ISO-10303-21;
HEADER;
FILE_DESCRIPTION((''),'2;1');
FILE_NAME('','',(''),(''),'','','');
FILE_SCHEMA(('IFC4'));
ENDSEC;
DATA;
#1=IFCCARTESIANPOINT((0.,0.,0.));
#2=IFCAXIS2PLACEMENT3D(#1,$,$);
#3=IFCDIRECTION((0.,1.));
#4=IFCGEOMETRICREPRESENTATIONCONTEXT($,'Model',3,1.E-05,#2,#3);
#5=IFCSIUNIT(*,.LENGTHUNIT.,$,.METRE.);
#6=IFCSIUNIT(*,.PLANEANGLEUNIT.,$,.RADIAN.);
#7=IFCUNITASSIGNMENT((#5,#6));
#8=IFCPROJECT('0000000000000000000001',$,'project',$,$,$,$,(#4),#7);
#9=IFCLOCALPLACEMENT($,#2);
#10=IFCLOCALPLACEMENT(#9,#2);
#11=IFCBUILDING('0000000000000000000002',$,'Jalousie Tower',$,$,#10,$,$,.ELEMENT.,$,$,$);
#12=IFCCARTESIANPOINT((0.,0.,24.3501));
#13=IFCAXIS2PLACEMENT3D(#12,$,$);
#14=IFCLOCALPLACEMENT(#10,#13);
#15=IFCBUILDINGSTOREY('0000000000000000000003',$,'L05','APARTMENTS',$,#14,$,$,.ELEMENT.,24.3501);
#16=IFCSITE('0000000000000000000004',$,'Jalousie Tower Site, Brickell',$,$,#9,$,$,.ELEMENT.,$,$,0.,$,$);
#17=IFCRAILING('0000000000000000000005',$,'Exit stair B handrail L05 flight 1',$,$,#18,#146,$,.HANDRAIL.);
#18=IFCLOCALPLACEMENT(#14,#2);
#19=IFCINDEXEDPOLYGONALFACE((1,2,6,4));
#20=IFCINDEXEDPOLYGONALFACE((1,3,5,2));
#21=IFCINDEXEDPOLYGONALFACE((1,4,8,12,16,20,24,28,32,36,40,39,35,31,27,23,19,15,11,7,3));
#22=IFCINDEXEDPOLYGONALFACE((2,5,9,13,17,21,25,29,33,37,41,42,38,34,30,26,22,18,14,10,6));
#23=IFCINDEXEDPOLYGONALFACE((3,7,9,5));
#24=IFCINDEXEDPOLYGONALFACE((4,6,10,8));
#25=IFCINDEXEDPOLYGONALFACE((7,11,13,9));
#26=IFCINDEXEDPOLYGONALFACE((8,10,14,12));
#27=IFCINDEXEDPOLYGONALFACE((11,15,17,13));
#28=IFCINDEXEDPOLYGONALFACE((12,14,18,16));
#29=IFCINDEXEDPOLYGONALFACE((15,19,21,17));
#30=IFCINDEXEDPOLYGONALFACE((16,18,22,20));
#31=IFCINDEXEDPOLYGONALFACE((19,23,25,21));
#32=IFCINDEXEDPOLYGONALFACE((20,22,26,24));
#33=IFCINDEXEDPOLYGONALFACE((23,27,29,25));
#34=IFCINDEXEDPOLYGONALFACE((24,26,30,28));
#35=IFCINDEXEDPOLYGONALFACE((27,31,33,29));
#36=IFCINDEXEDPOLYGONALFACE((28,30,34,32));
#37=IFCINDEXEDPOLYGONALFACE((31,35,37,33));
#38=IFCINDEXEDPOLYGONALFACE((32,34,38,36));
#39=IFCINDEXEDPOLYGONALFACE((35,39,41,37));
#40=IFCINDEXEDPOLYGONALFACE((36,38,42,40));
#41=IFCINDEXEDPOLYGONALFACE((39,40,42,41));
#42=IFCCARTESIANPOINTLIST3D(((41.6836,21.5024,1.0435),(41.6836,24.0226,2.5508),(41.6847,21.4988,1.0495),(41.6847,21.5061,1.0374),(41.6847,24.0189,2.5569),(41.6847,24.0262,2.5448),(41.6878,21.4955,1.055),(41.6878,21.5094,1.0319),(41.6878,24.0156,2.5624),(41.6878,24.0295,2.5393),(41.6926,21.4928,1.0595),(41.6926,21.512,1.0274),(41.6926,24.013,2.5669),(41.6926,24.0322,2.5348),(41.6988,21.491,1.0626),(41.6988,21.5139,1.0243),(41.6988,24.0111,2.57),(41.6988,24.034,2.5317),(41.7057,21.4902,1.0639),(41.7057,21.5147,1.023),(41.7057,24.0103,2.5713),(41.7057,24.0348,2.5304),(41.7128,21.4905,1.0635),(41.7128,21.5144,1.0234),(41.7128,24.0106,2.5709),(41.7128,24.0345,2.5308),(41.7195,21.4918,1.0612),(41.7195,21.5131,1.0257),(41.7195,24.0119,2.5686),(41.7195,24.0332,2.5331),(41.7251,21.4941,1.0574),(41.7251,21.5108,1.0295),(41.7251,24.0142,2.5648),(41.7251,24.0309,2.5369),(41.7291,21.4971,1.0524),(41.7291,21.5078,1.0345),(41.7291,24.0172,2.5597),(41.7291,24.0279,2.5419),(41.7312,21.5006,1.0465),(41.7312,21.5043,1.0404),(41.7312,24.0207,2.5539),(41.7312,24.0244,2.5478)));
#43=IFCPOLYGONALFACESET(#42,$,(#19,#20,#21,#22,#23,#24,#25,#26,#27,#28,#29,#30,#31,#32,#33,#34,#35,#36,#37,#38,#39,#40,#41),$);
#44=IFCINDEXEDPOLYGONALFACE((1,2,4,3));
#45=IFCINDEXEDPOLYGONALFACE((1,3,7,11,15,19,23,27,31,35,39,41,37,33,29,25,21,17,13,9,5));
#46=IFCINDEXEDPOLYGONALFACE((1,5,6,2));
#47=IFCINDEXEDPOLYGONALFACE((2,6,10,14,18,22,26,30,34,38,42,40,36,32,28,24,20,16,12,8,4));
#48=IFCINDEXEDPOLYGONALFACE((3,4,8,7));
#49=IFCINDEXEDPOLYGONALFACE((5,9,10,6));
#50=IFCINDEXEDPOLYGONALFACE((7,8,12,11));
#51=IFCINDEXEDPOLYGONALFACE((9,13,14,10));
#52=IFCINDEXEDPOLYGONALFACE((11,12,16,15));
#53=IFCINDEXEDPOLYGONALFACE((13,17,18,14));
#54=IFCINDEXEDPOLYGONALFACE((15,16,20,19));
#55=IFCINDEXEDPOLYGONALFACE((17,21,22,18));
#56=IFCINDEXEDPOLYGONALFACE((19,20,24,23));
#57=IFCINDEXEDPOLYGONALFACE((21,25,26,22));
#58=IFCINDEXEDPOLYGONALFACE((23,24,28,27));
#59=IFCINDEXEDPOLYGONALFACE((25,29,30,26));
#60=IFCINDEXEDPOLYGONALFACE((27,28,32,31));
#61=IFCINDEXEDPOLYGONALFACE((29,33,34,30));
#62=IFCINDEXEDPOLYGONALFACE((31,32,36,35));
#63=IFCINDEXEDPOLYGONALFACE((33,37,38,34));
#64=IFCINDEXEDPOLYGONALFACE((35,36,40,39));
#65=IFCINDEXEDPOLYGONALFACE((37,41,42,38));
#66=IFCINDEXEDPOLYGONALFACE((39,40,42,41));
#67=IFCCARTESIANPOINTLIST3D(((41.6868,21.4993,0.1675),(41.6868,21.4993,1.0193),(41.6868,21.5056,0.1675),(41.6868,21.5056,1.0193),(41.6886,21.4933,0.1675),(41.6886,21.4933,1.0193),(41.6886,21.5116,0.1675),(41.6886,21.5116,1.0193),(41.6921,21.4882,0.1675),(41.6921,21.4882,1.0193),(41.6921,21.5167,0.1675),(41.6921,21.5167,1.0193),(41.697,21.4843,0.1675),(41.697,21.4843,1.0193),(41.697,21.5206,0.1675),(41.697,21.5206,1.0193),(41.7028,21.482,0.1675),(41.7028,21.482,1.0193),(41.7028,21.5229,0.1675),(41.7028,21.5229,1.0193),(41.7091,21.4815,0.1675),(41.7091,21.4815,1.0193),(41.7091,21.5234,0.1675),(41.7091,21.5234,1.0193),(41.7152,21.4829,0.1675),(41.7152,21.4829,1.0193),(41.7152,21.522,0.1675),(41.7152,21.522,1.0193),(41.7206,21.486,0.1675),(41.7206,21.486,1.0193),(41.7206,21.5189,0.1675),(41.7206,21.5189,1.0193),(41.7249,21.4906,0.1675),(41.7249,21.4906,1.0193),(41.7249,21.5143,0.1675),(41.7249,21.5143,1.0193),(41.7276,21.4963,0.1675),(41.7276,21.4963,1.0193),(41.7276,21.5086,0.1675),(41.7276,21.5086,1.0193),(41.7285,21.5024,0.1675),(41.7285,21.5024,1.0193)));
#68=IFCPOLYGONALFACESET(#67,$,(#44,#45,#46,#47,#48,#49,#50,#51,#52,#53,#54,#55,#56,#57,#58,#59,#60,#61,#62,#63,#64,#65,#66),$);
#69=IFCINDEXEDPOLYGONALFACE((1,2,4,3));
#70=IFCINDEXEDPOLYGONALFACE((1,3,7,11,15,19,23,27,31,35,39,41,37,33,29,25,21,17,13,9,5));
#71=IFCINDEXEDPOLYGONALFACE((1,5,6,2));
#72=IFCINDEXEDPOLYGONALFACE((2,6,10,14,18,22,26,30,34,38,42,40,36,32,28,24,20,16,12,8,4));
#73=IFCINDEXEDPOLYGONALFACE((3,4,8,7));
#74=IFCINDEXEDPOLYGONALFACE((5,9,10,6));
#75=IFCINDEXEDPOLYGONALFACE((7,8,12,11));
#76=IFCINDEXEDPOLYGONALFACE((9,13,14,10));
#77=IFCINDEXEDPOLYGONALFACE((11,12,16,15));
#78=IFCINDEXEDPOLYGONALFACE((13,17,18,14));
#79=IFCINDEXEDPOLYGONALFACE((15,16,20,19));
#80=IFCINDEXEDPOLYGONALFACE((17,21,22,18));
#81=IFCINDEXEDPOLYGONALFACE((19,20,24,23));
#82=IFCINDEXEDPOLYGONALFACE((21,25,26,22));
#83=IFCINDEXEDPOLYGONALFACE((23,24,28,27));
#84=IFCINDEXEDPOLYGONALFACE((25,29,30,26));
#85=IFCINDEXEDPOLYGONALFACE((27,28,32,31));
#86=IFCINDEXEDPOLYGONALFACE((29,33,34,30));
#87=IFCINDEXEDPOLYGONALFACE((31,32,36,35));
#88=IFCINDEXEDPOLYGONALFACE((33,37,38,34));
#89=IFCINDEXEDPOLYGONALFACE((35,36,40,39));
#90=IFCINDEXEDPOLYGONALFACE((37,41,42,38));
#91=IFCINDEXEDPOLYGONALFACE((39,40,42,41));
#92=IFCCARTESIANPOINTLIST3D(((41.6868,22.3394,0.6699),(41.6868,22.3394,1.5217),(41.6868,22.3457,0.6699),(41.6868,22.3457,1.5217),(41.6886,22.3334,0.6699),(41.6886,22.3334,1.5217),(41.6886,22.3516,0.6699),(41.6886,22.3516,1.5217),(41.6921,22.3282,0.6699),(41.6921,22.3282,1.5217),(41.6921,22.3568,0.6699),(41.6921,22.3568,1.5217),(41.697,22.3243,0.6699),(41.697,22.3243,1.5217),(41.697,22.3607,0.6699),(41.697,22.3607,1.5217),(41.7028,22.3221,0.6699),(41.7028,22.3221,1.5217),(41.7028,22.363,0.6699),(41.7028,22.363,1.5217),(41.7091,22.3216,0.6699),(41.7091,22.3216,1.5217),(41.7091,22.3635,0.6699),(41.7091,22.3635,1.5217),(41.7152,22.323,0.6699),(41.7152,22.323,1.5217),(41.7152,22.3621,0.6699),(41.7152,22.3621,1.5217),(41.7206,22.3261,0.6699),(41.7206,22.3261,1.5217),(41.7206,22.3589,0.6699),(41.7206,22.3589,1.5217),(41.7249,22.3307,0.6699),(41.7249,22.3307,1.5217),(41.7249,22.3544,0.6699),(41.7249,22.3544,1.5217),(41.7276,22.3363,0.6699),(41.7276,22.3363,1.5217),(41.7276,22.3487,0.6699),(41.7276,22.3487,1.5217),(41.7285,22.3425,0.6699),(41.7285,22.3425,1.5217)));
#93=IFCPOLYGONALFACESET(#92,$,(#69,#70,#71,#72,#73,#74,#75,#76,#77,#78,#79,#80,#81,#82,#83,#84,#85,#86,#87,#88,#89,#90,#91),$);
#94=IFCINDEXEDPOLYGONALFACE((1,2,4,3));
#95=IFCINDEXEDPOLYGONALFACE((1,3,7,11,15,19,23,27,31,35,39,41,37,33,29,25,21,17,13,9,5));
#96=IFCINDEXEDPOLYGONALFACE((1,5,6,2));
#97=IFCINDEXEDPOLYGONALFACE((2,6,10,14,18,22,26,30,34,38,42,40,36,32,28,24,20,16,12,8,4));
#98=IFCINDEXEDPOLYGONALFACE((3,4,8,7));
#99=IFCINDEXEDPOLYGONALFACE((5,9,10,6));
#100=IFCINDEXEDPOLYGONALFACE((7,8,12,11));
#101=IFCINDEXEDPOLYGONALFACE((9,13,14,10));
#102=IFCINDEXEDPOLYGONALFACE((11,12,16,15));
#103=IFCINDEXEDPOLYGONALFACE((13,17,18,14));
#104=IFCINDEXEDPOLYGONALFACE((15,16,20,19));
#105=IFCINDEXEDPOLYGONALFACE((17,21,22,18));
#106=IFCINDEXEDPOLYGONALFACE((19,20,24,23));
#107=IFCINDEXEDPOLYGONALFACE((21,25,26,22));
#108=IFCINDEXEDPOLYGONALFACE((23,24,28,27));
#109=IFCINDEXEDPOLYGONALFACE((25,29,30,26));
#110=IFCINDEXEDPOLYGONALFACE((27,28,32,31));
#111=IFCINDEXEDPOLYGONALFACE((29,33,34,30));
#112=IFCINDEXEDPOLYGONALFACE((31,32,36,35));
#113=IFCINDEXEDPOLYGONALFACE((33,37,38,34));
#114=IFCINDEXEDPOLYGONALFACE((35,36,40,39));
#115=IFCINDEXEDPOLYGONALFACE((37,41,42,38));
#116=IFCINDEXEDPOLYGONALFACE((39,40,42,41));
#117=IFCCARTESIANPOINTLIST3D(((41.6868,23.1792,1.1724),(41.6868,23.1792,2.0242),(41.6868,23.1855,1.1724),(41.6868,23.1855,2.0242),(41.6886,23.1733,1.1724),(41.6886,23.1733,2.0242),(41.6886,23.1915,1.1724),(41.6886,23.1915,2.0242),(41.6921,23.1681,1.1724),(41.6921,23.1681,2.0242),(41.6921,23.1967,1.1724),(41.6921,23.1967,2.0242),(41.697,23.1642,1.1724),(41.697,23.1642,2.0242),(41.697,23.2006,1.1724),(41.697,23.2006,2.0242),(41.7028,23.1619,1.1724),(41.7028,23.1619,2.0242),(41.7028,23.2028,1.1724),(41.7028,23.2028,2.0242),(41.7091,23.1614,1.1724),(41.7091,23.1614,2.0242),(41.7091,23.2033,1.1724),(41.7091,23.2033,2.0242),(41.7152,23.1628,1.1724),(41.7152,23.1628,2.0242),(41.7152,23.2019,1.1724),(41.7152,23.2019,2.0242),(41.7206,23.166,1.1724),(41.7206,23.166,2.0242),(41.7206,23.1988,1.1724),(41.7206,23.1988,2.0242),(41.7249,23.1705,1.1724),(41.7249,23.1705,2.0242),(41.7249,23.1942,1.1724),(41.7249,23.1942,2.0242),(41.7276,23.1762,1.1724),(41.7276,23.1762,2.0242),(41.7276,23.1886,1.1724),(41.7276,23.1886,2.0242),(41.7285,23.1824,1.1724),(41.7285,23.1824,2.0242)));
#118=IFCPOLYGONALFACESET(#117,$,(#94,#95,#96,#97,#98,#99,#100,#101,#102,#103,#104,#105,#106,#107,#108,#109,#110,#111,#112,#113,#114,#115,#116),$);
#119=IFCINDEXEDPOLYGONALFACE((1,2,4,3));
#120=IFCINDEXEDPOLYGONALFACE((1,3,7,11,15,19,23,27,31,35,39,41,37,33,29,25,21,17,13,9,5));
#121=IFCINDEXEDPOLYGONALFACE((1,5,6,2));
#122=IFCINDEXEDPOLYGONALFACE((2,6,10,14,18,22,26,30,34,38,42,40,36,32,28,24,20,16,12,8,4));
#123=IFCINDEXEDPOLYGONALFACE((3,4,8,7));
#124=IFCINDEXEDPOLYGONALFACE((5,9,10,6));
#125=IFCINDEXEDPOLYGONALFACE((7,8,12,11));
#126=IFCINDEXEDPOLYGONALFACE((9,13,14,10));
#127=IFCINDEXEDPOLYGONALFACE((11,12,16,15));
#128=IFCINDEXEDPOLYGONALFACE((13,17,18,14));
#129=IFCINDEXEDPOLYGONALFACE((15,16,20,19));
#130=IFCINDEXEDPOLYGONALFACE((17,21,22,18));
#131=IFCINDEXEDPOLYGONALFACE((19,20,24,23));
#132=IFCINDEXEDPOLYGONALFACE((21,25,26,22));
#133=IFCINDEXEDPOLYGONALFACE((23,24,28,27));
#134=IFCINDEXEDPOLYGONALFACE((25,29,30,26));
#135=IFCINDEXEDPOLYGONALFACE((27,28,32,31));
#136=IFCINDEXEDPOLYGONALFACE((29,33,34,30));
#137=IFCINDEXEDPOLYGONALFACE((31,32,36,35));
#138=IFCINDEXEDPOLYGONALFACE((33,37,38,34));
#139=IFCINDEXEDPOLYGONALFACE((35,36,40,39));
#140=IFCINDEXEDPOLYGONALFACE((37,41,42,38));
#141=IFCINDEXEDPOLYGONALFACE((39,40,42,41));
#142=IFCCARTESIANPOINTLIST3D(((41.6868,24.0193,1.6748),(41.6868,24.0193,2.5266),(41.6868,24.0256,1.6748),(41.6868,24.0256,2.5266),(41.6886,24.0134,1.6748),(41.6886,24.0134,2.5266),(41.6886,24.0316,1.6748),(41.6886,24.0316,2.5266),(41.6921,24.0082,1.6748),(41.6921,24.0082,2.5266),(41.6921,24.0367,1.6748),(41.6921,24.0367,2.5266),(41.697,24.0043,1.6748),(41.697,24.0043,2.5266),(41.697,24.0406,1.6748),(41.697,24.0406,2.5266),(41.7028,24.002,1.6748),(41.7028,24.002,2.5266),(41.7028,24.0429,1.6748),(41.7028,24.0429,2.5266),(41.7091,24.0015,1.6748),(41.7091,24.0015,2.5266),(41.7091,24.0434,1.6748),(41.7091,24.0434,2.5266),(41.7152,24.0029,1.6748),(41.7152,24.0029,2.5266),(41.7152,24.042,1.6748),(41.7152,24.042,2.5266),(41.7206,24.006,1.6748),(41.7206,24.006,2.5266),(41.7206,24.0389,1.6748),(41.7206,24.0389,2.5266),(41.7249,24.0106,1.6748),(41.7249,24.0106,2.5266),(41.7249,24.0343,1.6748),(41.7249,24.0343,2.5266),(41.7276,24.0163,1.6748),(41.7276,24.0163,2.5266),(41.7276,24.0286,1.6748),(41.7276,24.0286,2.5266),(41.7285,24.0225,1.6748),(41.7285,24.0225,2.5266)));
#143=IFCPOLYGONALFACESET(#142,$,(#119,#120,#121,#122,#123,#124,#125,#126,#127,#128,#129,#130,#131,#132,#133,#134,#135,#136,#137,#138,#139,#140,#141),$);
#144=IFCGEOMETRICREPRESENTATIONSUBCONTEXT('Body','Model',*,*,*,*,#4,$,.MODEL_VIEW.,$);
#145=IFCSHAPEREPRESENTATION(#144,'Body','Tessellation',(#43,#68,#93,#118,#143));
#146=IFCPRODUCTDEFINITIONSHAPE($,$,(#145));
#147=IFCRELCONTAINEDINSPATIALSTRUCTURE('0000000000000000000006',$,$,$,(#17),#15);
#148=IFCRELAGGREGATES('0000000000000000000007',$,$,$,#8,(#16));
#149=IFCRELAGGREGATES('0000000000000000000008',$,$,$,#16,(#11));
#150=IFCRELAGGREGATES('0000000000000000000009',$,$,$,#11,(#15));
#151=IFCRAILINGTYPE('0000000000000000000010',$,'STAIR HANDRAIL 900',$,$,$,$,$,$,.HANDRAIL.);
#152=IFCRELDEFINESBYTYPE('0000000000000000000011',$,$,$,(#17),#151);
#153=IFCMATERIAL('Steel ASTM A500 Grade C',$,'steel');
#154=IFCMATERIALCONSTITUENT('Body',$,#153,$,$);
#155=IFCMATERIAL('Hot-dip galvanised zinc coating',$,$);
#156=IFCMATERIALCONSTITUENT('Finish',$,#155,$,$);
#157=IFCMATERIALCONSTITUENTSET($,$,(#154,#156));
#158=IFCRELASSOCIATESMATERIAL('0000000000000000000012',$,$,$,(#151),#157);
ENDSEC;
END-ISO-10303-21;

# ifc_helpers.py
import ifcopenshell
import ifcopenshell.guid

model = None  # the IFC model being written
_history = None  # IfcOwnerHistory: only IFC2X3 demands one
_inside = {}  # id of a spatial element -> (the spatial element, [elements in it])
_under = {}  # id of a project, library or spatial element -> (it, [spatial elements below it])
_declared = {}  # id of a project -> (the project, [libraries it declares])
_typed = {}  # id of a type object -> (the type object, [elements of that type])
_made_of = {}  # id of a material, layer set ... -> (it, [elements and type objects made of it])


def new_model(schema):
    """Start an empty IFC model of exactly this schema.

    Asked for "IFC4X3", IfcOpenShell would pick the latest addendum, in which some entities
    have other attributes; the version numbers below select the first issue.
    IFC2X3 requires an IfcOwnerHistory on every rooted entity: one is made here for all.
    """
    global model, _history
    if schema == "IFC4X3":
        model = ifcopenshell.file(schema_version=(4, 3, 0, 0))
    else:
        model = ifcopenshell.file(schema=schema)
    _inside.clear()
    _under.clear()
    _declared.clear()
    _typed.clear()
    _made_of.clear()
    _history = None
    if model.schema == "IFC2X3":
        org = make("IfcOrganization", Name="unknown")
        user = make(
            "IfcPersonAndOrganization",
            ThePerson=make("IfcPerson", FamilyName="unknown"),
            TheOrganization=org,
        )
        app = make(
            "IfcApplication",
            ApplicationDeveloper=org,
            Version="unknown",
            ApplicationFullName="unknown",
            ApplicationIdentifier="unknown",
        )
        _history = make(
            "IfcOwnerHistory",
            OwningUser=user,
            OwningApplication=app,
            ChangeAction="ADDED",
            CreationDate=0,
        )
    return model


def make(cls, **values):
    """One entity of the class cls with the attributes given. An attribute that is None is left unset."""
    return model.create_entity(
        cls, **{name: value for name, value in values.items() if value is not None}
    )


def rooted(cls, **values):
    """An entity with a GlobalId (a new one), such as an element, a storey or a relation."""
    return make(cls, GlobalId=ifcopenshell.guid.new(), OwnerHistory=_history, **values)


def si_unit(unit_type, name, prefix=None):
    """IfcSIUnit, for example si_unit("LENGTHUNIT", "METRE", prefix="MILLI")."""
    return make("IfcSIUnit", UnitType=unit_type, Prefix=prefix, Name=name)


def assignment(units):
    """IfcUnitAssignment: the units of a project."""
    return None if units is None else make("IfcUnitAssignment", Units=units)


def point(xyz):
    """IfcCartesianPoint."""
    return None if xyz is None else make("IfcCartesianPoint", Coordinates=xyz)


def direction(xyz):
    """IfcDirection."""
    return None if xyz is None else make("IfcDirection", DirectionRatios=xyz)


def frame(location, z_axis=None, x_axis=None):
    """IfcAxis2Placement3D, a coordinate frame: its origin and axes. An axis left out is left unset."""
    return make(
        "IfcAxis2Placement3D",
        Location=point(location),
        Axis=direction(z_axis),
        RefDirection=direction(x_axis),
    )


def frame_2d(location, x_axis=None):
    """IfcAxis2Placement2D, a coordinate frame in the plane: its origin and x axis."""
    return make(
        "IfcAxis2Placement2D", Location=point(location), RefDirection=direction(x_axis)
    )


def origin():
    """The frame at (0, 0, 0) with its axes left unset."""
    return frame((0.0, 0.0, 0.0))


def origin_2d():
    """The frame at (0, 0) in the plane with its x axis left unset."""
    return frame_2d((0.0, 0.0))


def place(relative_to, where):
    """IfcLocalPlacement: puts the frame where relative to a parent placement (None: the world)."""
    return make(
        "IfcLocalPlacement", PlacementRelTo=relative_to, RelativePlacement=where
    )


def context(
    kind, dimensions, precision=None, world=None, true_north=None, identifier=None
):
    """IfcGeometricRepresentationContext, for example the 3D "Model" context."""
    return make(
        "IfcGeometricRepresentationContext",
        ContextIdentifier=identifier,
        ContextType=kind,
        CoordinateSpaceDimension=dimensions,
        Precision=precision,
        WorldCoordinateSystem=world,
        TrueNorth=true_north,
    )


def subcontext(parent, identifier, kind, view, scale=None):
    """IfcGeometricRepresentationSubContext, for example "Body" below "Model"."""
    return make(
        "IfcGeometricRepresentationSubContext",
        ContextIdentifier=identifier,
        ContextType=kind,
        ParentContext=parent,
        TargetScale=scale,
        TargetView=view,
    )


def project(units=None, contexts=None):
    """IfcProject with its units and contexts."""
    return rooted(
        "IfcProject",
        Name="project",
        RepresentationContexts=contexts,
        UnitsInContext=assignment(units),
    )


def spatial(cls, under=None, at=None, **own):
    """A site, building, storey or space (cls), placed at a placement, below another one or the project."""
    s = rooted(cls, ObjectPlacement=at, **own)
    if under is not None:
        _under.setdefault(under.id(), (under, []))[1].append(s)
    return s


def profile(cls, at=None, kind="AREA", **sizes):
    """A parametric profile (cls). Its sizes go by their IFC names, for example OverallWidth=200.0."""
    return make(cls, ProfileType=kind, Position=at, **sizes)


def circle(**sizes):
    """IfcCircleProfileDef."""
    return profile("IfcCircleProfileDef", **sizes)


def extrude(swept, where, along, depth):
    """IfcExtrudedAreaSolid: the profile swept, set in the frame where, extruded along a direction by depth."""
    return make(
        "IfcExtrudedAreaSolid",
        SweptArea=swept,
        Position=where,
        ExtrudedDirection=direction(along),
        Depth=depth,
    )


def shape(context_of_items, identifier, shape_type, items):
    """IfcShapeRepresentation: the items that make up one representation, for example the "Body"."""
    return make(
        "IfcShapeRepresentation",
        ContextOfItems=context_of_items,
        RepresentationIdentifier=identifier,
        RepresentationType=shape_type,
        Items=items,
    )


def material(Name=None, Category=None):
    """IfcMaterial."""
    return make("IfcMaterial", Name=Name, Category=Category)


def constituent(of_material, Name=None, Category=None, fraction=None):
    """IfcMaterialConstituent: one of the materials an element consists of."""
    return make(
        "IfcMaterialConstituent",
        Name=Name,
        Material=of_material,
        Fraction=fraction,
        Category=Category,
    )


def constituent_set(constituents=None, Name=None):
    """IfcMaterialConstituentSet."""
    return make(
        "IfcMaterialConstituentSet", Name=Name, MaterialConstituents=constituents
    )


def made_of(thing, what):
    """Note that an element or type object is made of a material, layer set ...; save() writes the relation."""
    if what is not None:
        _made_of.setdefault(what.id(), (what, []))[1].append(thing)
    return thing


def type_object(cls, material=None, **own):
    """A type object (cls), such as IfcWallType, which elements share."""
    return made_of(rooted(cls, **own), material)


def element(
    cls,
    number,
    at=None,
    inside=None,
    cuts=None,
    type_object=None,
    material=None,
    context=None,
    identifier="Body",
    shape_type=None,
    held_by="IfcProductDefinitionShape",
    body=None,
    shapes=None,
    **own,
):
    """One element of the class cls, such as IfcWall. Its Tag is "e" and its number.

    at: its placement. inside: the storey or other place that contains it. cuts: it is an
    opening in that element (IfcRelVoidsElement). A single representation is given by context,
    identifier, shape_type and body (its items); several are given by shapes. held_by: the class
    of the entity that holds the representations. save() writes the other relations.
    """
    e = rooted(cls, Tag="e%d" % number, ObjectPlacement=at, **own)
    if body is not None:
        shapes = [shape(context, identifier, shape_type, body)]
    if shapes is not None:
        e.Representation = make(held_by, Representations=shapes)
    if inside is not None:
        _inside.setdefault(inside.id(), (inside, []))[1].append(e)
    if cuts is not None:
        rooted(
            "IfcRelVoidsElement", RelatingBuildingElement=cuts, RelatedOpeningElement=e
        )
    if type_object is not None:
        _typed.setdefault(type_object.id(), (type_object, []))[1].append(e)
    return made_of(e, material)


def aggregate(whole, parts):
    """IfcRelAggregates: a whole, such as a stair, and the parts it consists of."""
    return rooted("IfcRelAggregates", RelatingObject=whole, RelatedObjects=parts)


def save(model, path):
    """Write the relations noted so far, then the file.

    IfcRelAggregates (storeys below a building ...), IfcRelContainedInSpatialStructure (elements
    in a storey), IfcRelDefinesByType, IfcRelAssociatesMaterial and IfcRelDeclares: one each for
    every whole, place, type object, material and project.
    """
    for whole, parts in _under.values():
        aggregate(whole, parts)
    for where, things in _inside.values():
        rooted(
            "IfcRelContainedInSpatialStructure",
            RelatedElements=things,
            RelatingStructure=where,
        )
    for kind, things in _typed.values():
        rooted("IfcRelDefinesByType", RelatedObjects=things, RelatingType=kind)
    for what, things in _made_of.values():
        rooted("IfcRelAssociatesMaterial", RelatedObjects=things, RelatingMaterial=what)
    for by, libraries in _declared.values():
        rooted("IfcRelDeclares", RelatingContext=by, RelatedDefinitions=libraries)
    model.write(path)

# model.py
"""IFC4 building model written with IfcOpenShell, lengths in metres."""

from ifc_helpers import new_model, si_unit, direction, frame, origin, origin_2d, place, context, subcontext, project, spatial, circle, extrude, material, constituent, constituent_set, type_object, element, save


model = new_model("IFC4")

# Units and contexts
model_context = context("Model", 3, precision=1e-05, world=origin(), true_north=direction((0.0, 1.0)))
body_context = subcontext(model_context, "Body", "Model", "MODEL_VIEW")
ifc_project = project(units=[si_unit("LENGTHUNIT", "METRE"), si_unit("PLANEANGLEUNIT", "RADIAN")], contexts=[model_context])

# Site, building, storey
site_placement = place(None, origin())
site = spatial("IfcSite", under=ifc_project, at=site_placement, Name="Jalousie Tower Site, Brickell", CompositionType="ELEMENT", RefElevation=0.0)
building_placement = place(site_placement, origin())
building = spatial("IfcBuilding", under=site, at=building_placement, Name="Jalousie Tower", CompositionType="ELEMENT")
storey_placement = place(building_placement, frame((0.0, 0.0, 24.3501)))
storey = spatial("IfcBuildingStorey", under=building, at=storey_placement, Name="L05", Description="APARTMENTS", CompositionType="ELEMENT", Elevation=24.3501)

# Railing
ifc_material_1 = material(Name="Steel ASTM A500 Grade C", Category="steel")
ifc_constituent_1 = constituent(ifc_material_1, Name="Body")
ifc_material_2 = material(Name="Hot-dip galvanised zinc coating")
ifc_constituent_2 = constituent(ifc_material_2, Name="Finish")
ifc_constituent_set_1 = constituent_set(constituents=[ifc_constituent_1, ifc_constituent_2])
railing_type_1 = type_object("IfcRailingType", Name="STAIR HANDRAIL 900", PredefinedType="HANDRAIL", material=ifc_constituent_set_1)
railing_1_placement = place(storey_placement, frame((41.7075, 21.5024, 0.1675)))
element("IfcRailing", 1, at=railing_1_placement, inside=storey, type_object=railing_type_1, Name="Exit stair B handrail L05 flight 1", PredefinedType="HANDRAIL", context=body_context, shape_type="SweptSolid", body=[
    extrude(circle(Radius=0.0239, at=origin_2d()), frame((0.0, 0.0, 0.876), z_axis=(0.0, 0.858196, 0.513321), x_axis=(-1.0, 0.0, 0.0)), (0.0, 0.0, 1.0), 2.9365),
    extrude(circle(Radius=0.021, at=origin_2d()), origin(), (0.0, 0.0, 1.0), 0.8518),
    extrude(circle(Radius=0.021, at=origin_2d()), frame((0.0, 0.8401, 0.5024)), (0.0, 0.0, 1.0), 0.8518),
    extrude(circle(Radius=0.021, at=origin_2d()), frame((0.0, 1.6799, 1.0049)), (0.0, 0.0, 1.0), 0.8518),
    extrude(circle(Radius=0.021, at=origin_2d()), frame((0.0, 2.52, 1.5073)), (0.0, 0.0, 1.0), 0.8518),
])

save(model, "model.ifc")
